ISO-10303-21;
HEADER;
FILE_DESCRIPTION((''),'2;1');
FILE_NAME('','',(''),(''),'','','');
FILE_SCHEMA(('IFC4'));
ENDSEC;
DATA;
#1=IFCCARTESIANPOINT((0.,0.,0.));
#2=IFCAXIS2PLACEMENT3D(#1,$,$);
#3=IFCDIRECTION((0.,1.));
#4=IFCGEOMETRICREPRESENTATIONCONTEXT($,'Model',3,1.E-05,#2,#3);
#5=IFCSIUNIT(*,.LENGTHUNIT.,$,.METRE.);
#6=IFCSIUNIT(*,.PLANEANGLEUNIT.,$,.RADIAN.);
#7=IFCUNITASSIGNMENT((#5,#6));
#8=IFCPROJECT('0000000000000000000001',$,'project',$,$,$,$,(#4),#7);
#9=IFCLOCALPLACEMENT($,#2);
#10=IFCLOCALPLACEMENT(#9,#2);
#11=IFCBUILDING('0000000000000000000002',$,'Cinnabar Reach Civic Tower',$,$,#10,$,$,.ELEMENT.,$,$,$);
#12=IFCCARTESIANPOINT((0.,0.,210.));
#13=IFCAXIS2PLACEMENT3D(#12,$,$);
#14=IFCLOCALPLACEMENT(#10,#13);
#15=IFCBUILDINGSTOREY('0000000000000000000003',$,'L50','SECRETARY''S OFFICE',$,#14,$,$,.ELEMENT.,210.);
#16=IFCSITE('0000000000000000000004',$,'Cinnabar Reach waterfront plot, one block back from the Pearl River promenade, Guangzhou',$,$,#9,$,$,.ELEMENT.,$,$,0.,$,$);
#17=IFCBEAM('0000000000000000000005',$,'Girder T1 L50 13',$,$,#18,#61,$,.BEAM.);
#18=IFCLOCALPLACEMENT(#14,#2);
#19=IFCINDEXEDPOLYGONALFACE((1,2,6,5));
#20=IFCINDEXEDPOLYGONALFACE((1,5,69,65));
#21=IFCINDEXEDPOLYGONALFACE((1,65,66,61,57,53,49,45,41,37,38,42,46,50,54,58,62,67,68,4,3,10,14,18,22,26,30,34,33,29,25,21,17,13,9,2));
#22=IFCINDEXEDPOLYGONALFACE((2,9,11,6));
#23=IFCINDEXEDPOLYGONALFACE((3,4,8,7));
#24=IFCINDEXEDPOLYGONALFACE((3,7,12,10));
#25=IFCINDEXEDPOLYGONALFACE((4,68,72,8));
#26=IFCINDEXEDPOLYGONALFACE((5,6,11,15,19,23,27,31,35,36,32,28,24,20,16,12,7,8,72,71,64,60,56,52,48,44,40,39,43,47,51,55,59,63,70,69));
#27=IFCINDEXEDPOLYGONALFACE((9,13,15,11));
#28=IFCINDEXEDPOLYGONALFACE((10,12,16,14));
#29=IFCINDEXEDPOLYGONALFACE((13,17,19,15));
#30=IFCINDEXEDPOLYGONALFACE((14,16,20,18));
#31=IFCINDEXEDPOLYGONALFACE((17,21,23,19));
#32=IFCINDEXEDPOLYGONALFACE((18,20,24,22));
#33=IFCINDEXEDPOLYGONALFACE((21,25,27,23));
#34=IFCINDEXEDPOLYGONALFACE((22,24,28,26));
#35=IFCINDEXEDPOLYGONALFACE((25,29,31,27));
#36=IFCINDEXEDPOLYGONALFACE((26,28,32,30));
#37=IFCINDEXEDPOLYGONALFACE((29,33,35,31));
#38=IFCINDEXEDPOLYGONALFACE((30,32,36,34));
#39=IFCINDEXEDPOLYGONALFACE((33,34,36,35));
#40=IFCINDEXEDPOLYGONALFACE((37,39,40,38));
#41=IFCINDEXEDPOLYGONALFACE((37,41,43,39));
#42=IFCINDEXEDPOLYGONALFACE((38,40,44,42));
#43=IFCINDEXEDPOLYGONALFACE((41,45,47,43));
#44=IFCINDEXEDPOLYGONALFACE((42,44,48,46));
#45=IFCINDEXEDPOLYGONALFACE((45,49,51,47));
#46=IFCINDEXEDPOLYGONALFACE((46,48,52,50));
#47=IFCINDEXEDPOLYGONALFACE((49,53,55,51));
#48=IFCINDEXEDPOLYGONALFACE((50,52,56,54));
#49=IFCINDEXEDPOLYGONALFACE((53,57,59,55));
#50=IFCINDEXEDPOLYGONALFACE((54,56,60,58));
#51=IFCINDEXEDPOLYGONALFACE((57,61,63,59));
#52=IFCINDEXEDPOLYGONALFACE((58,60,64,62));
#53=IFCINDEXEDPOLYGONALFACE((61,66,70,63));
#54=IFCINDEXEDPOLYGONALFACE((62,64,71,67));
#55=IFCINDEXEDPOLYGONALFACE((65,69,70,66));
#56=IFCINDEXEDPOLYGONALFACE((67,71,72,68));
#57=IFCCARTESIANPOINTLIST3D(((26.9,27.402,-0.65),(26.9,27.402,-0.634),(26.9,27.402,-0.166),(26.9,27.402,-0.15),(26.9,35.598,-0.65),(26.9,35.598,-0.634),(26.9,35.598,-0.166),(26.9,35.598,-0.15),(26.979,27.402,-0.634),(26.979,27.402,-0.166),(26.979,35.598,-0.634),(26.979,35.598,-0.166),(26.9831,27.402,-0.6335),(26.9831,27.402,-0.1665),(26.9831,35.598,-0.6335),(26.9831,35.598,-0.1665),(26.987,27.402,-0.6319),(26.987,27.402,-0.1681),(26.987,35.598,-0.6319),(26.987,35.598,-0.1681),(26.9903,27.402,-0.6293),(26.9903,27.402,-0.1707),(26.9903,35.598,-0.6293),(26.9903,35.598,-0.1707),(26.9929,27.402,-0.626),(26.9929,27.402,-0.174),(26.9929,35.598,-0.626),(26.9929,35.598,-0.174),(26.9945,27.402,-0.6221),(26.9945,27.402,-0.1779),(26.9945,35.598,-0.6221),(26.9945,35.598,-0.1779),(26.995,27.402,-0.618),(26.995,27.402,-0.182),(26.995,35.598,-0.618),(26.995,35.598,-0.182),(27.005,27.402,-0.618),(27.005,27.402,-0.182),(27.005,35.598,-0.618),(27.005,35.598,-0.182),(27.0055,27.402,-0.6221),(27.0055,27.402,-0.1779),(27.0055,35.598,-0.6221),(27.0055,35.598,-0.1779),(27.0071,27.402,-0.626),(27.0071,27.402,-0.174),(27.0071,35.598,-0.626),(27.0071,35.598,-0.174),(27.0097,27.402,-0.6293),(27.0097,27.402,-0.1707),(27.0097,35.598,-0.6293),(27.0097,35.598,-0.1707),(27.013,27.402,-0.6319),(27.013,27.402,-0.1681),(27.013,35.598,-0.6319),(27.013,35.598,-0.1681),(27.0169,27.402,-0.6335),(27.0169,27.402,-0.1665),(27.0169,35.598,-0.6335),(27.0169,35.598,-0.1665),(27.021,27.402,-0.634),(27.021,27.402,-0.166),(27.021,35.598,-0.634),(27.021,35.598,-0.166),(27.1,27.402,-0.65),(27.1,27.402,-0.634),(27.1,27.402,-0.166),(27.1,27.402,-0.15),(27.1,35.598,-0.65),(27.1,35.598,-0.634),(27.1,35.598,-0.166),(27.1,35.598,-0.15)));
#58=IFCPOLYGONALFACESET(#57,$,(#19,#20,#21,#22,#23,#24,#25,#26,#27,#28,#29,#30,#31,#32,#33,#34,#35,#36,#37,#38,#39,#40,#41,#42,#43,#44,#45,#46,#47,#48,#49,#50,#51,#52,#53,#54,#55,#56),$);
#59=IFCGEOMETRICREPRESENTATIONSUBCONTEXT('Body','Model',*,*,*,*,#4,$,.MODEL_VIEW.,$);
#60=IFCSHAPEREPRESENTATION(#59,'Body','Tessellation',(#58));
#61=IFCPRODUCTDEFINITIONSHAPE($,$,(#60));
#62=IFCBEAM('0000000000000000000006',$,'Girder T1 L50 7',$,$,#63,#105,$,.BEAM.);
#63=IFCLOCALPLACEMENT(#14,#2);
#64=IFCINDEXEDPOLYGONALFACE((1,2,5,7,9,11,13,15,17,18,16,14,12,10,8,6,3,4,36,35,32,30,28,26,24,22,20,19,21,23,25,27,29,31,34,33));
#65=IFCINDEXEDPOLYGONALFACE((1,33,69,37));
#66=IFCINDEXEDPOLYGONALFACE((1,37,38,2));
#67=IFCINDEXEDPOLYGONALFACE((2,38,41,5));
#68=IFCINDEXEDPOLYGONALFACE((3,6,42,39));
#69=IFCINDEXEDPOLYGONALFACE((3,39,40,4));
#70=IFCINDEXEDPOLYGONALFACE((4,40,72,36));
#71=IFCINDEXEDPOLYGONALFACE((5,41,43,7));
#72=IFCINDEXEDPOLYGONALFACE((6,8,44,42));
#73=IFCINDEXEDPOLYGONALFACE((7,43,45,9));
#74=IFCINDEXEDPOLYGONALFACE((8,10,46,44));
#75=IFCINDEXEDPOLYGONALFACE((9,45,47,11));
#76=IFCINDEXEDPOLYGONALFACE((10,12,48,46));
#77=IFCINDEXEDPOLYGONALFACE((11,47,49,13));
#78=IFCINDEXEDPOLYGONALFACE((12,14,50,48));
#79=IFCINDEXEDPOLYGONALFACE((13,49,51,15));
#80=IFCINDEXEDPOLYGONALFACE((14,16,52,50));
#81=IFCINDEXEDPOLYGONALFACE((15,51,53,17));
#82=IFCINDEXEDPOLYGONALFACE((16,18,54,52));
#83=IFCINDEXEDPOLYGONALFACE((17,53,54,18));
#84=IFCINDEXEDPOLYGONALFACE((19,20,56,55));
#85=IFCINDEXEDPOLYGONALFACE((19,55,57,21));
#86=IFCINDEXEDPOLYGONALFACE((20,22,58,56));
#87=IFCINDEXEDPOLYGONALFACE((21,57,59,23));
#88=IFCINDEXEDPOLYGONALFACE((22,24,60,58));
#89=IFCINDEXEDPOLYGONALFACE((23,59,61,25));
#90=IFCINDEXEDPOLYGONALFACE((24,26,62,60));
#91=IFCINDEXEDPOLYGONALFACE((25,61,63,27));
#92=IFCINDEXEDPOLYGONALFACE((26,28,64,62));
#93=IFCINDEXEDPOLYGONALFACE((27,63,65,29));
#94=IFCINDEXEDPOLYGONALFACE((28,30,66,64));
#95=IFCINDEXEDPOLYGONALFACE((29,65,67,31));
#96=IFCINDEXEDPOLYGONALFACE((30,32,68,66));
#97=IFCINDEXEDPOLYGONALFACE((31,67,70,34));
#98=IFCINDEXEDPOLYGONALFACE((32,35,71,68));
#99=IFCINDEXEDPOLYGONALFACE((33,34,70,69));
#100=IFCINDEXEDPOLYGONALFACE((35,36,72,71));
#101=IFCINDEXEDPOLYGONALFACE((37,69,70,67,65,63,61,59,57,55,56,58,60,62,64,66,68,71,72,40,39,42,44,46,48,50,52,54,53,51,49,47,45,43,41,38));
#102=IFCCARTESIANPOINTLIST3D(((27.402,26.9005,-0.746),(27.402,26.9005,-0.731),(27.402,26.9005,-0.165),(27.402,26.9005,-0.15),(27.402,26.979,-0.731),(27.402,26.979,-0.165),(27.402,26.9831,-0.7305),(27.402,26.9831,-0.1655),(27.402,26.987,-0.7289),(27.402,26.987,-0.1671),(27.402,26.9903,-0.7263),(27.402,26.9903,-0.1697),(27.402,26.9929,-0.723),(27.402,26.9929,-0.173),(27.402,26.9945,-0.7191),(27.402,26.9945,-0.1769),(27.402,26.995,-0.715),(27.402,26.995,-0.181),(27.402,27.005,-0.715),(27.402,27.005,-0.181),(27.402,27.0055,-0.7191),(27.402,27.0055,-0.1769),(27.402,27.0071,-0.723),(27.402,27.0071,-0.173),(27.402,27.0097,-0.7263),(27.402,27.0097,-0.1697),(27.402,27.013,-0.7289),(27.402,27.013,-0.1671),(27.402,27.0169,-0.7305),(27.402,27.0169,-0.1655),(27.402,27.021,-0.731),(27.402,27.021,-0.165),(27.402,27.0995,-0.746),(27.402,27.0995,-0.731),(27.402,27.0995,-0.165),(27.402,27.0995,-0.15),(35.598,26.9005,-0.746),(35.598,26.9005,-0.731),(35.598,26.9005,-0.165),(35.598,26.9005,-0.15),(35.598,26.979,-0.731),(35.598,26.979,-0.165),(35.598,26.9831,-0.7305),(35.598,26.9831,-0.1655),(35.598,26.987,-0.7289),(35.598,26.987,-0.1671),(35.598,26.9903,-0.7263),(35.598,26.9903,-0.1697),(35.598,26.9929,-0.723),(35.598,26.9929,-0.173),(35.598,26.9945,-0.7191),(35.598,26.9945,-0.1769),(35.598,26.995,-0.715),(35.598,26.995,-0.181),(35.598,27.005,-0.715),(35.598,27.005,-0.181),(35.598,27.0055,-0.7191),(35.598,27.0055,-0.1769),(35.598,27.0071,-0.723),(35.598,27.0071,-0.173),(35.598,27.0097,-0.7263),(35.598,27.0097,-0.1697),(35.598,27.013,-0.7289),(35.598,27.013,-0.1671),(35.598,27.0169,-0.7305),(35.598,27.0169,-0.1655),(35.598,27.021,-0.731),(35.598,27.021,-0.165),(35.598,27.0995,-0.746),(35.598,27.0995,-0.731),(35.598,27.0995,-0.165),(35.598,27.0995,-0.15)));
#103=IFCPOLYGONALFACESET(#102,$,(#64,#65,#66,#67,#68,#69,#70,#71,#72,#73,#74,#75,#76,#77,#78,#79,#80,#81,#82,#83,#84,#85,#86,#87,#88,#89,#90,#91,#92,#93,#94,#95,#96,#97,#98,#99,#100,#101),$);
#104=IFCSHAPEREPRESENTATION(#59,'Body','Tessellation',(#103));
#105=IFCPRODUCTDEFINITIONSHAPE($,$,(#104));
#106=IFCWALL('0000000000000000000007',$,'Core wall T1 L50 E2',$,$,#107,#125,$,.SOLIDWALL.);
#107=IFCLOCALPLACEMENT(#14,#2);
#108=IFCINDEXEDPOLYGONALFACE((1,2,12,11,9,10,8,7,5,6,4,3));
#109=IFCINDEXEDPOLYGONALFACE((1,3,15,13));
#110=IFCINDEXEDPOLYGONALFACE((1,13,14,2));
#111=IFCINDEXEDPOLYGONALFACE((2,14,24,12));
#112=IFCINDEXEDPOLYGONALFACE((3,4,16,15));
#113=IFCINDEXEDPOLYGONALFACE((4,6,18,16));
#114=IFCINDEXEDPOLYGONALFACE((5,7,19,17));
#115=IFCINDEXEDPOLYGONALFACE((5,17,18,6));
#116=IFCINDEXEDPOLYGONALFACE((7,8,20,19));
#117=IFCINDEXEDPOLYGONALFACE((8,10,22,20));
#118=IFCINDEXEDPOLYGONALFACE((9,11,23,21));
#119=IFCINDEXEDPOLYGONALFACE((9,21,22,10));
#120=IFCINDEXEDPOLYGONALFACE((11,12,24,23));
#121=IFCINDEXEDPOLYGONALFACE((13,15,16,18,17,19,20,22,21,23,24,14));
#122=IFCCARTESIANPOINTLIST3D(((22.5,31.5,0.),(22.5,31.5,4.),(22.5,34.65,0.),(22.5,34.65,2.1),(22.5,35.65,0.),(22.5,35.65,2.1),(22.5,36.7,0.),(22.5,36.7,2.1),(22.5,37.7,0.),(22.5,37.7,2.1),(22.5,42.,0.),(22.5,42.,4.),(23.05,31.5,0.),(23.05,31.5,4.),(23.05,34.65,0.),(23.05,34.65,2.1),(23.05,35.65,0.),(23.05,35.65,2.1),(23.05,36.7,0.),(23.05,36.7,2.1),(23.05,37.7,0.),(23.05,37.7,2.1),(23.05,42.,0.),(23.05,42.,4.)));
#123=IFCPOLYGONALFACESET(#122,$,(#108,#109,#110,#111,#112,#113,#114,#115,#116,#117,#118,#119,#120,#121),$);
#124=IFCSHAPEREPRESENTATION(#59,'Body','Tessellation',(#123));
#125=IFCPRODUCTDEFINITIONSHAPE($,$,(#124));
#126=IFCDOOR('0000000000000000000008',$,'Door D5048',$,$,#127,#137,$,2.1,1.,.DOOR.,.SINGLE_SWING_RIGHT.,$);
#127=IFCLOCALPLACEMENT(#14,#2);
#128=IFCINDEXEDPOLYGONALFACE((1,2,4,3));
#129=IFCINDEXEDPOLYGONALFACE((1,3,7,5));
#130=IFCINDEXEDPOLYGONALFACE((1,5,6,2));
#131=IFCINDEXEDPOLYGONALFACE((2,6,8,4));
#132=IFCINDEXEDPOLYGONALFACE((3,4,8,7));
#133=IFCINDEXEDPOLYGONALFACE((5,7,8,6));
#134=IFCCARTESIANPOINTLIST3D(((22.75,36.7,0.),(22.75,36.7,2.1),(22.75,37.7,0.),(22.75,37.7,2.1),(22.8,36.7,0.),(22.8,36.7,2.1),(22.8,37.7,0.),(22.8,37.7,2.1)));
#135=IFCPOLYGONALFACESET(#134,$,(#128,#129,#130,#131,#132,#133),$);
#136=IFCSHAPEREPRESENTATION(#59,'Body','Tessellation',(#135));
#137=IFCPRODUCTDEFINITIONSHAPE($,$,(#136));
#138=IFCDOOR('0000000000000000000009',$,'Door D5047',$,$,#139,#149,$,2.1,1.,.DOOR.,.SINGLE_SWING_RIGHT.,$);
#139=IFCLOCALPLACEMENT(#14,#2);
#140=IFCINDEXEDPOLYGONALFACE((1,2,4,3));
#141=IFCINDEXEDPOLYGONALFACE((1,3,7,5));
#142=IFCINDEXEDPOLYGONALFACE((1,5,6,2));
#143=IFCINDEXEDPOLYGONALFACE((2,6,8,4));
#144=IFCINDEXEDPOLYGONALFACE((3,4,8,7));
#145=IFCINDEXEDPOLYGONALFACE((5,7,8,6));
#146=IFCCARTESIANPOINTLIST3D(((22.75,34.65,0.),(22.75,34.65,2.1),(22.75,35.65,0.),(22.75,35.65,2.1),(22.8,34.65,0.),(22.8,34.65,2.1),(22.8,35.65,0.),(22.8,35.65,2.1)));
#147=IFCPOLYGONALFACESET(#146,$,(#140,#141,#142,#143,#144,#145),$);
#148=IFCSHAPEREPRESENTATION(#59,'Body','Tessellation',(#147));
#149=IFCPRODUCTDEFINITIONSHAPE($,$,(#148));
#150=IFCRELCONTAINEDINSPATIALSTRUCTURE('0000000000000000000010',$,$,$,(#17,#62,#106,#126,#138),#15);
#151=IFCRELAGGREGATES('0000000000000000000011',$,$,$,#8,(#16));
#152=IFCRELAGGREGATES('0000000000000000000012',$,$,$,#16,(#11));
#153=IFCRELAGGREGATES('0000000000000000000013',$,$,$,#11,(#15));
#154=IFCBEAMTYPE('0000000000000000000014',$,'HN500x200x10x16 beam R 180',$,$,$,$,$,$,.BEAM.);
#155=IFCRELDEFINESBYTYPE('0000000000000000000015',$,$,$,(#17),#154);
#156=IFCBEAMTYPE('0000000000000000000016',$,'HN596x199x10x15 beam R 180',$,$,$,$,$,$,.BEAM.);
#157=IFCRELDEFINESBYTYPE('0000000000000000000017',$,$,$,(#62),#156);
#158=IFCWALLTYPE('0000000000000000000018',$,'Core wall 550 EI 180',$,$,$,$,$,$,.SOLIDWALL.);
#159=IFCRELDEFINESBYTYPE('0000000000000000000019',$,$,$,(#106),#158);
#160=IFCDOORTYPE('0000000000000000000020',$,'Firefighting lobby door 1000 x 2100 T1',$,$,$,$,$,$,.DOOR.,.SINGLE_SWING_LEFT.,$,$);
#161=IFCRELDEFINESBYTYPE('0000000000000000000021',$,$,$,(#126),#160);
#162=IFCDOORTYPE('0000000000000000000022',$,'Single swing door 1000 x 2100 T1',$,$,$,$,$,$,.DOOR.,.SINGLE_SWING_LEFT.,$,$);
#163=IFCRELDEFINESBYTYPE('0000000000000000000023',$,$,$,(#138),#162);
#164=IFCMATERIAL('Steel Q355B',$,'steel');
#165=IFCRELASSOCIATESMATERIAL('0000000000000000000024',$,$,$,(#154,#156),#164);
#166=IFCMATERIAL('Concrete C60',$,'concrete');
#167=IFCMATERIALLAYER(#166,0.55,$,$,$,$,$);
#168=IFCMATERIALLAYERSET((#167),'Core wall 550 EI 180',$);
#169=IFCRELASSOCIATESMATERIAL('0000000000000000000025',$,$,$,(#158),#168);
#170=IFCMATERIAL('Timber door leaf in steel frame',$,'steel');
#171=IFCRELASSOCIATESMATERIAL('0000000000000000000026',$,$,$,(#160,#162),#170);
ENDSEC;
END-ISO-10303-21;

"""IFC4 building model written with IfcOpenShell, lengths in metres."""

from ifc_helpers import new_model, si_unit, direction, frame, frame_2d, origin, origin_2d, place, context, subcontext, project, spatial, rectangle, i_section, extrude, material, layer, layer_set, material_profile, profile_set, type_object, element, fill, save


model = new_model("IFC4")

# Units and contexts
model_context = context("Model", 3, precision=1e-05, world=origin(), true_north=direction((0.0, 1.0)))
body_context = subcontext(model_context, "Body", "Model", "MODEL_VIEW")
ifc_project = project(units=[si_unit("LENGTHUNIT", "METRE"), si_unit("PLANEANGLEUNIT", "RADIAN")], contexts=[model_context])

# Site, building, storey
site_placement = place(None, origin())
site = spatial("IfcSite", under=ifc_project, at=site_placement, Name="Cinnabar Reach waterfront plot, one block back from the Pearl River promenade, Guangzhou", CompositionType="ELEMENT", RefElevation=0.0)
building_placement = place(site_placement, origin())
building = spatial("IfcBuilding", under=site, at=building_placement, Name="Cinnabar Reach Civic Tower", CompositionType="ELEMENT")
storey_placement = place(building_placement, frame((0.0, 0.0, 210.0)))
storey = spatial("IfcBuildingStorey", under=building, at=storey_placement, Name="L50", Description="SECRETARY'S OFFICE", CompositionType="ELEMENT", Elevation=210.0)

# Shared definitions
ifc_material_1 = material(Name="Concrete C60", Category="concrete")

# Beams
ifc_material_2 = material(Name="Steel Q355B", Category="steel")
ifc_material_profile_1 = material_profile(ifc_material_2, i_section(OverallWidth=0.2, OverallDepth=0.5, WebThickness=0.01, FlangeThickness=0.016, FilletRadius=0.016, at=origin_2d()), Name="HN500x200x10x16")
ifc_profile_set_1 = profile_set([ifc_material_profile_1], Name="Steel Q355B")
beam_type_1 = type_object("IfcBeamType", Name="HN500x200x10x16 beam R 180", PredefinedType="BEAM", material=ifc_profile_set_1)
beam_1_placement = place(storey_placement, frame((27.0, 27.402, -0.4), z_axis=(0.0, 1.0, 0.0), x_axis=(-1.0, 0.0, 0.0)))
element("IfcBeam", 1, at=beam_1_placement, inside=storey, type_object=beam_type_1, Name="Girder T1 L50 13", PredefinedType="BEAM", context=body_context, shape_type="SweptSolid", body=[
    extrude(i_section(OverallWidth=0.2, OverallDepth=0.5, WebThickness=0.01, FlangeThickness=0.016, FilletRadius=0.016, at=origin_2d()), origin(), (0.0, 0.0, 1.0), 8.196),
])
ifc_material_profile_2 = material_profile(ifc_material_2, i_section(OverallWidth=0.199, OverallDepth=0.596, WebThickness=0.01, FlangeThickness=0.015, FilletRadius=0.016, at=origin_2d()), Name="HN596x199x10x15")
ifc_profile_set_2 = profile_set([ifc_material_profile_2], Name="Steel Q355B")
beam_type_2 = type_object("IfcBeamType", Name="HN596x199x10x15 beam R 180", PredefinedType="BEAM", material=ifc_profile_set_2)
beam_2_placement = place(storey_placement, frame((27.402, 27.0, -0.448), z_axis=(1.0, 0.0, 0.0), x_axis=(0.0, 1.0, 0.0)))
element("IfcBeam", 2, at=beam_2_placement, inside=storey, type_object=beam_type_2, Name="Girder T1 L50 7", PredefinedType="BEAM", context=body_context, shape_type="SweptSolid", body=[
    extrude(i_section(OverallWidth=0.199, OverallDepth=0.596, WebThickness=0.01, FlangeThickness=0.015, FilletRadius=0.016, at=origin_2d()), origin(), (0.0, 0.0, 1.0), 8.196),
])

# Wall, openings, doors
ifc_layer_1 = layer(ifc_material_1, 0.55)
ifc_layer_set_1 = layer_set([ifc_layer_1], Name="Core wall 550 EI 180")
wall_type_1 = type_object("IfcWallType", Name="Core wall 550 EI 180", PredefinedType="SOLIDWALL", material=ifc_layer_set_1)
wall_1_placement = place(storey_placement, frame((22.775, 31.5, 0.0), z_axis=(0.0, 0.0, 1.0), x_axis=(0.0, 1.0, 0.0)))
wall_1 = element("IfcWall", 3, at=wall_1_placement, inside=storey, type_object=wall_type_1, Name="Core wall T1 L50 E2", PredefinedType="SOLIDWALL", context=body_context, shape_type="SweptSolid", body=[
    extrude(rectangle(XDim=10.5, YDim=0.55, at=frame_2d((5.25, 0.0))), origin(), (0.0, 0.0, 1.0), 4.0),
])
opening_1_placement = place(wall_1_placement, frame((3.15, 0.0, 0.0)))
opening_1 = element("IfcOpeningElement", 4, at=opening_1_placement, cuts=wall_1, PredefinedType="OPENING", context=body_context, shape_type="SweptSolid", body=[
    extrude(rectangle(XDim=1.0, YDim=2.1, at=frame_2d((0.5, 1.05))), frame((0.0, 0.285, 0.0), z_axis=(0.0, -1.0, 0.0), x_axis=(1.0, 0.0, 0.0)), (0.0, 0.0, 1.0), 0.57),
])
opening_2_placement = place(wall_1_placement, frame((5.2, 0.0, 0.0)))
opening_2 = element("IfcOpeningElement", 5, at=opening_2_placement, cuts=wall_1, PredefinedType="OPENING", context=body_context, shape_type="SweptSolid", body=[
    extrude(rectangle(XDim=1.0, YDim=2.1, at=frame_2d((0.5, 1.05))), frame((0.0, 0.285, 0.0), z_axis=(0.0, -1.0, 0.0), x_axis=(1.0, 0.0, 0.0)), (0.0, 0.0, 1.0), 0.57),
])
ifc_material_3 = material(Name="Timber door leaf in steel frame", Category="steel")
door_type_1 = type_object("IfcDoorType", Name="Firefighting lobby door 1000 x 2100 T1", OperationType="SINGLE_SWING_LEFT", PredefinedType="DOOR", material=ifc_material_3)
door_1_placement = place(opening_2_placement, origin())
door_1 = element("IfcDoor", 6, at=door_1_placement, inside=storey, type_object=door_type_1, Name="Door D5048", OperationType="SINGLE_SWING_RIGHT", OverallHeight=2.1, OverallWidth=1.0, PredefinedType="DOOR", context=body_context, shape_type="SweptSolid", body=[
    extrude(rectangle(XDim=1.0, YDim=2.1, at=frame_2d((0.5, 1.05))), frame((0.0, 0.025, 0.0), z_axis=(0.0, -1.0, 0.0), x_axis=(1.0, 0.0, 0.0)), (0.0, 0.0, 1.0), 0.05),
])
fill(opening_2, door_1)
door_type_2 = type_object("IfcDoorType", Name="Single swing door 1000 x 2100 T1", OperationType="SINGLE_SWING_LEFT", PredefinedType="DOOR", material=ifc_material_3)
door_2_placement = place(opening_1_placement, origin())
door_2 = element("IfcDoor", 7, at=door_2_placement, inside=storey, type_object=door_type_2, Name="Door D5047", OperationType="SINGLE_SWING_RIGHT", OverallHeight=2.1, OverallWidth=1.0, PredefinedType="DOOR", context=body_context, shape_type="SweptSolid", body=[
    extrude(rectangle(XDim=1.0, YDim=2.1, at=frame_2d((0.5, 1.05))), frame((0.0, 0.025, 0.0), z_axis=(0.0, -1.0, 0.0), x_axis=(1.0, 0.0, 0.0)), (0.0, 0.0, 1.0), 0.05),
])
fill(opening_1, door_2)

save(model, "model.ifc")
